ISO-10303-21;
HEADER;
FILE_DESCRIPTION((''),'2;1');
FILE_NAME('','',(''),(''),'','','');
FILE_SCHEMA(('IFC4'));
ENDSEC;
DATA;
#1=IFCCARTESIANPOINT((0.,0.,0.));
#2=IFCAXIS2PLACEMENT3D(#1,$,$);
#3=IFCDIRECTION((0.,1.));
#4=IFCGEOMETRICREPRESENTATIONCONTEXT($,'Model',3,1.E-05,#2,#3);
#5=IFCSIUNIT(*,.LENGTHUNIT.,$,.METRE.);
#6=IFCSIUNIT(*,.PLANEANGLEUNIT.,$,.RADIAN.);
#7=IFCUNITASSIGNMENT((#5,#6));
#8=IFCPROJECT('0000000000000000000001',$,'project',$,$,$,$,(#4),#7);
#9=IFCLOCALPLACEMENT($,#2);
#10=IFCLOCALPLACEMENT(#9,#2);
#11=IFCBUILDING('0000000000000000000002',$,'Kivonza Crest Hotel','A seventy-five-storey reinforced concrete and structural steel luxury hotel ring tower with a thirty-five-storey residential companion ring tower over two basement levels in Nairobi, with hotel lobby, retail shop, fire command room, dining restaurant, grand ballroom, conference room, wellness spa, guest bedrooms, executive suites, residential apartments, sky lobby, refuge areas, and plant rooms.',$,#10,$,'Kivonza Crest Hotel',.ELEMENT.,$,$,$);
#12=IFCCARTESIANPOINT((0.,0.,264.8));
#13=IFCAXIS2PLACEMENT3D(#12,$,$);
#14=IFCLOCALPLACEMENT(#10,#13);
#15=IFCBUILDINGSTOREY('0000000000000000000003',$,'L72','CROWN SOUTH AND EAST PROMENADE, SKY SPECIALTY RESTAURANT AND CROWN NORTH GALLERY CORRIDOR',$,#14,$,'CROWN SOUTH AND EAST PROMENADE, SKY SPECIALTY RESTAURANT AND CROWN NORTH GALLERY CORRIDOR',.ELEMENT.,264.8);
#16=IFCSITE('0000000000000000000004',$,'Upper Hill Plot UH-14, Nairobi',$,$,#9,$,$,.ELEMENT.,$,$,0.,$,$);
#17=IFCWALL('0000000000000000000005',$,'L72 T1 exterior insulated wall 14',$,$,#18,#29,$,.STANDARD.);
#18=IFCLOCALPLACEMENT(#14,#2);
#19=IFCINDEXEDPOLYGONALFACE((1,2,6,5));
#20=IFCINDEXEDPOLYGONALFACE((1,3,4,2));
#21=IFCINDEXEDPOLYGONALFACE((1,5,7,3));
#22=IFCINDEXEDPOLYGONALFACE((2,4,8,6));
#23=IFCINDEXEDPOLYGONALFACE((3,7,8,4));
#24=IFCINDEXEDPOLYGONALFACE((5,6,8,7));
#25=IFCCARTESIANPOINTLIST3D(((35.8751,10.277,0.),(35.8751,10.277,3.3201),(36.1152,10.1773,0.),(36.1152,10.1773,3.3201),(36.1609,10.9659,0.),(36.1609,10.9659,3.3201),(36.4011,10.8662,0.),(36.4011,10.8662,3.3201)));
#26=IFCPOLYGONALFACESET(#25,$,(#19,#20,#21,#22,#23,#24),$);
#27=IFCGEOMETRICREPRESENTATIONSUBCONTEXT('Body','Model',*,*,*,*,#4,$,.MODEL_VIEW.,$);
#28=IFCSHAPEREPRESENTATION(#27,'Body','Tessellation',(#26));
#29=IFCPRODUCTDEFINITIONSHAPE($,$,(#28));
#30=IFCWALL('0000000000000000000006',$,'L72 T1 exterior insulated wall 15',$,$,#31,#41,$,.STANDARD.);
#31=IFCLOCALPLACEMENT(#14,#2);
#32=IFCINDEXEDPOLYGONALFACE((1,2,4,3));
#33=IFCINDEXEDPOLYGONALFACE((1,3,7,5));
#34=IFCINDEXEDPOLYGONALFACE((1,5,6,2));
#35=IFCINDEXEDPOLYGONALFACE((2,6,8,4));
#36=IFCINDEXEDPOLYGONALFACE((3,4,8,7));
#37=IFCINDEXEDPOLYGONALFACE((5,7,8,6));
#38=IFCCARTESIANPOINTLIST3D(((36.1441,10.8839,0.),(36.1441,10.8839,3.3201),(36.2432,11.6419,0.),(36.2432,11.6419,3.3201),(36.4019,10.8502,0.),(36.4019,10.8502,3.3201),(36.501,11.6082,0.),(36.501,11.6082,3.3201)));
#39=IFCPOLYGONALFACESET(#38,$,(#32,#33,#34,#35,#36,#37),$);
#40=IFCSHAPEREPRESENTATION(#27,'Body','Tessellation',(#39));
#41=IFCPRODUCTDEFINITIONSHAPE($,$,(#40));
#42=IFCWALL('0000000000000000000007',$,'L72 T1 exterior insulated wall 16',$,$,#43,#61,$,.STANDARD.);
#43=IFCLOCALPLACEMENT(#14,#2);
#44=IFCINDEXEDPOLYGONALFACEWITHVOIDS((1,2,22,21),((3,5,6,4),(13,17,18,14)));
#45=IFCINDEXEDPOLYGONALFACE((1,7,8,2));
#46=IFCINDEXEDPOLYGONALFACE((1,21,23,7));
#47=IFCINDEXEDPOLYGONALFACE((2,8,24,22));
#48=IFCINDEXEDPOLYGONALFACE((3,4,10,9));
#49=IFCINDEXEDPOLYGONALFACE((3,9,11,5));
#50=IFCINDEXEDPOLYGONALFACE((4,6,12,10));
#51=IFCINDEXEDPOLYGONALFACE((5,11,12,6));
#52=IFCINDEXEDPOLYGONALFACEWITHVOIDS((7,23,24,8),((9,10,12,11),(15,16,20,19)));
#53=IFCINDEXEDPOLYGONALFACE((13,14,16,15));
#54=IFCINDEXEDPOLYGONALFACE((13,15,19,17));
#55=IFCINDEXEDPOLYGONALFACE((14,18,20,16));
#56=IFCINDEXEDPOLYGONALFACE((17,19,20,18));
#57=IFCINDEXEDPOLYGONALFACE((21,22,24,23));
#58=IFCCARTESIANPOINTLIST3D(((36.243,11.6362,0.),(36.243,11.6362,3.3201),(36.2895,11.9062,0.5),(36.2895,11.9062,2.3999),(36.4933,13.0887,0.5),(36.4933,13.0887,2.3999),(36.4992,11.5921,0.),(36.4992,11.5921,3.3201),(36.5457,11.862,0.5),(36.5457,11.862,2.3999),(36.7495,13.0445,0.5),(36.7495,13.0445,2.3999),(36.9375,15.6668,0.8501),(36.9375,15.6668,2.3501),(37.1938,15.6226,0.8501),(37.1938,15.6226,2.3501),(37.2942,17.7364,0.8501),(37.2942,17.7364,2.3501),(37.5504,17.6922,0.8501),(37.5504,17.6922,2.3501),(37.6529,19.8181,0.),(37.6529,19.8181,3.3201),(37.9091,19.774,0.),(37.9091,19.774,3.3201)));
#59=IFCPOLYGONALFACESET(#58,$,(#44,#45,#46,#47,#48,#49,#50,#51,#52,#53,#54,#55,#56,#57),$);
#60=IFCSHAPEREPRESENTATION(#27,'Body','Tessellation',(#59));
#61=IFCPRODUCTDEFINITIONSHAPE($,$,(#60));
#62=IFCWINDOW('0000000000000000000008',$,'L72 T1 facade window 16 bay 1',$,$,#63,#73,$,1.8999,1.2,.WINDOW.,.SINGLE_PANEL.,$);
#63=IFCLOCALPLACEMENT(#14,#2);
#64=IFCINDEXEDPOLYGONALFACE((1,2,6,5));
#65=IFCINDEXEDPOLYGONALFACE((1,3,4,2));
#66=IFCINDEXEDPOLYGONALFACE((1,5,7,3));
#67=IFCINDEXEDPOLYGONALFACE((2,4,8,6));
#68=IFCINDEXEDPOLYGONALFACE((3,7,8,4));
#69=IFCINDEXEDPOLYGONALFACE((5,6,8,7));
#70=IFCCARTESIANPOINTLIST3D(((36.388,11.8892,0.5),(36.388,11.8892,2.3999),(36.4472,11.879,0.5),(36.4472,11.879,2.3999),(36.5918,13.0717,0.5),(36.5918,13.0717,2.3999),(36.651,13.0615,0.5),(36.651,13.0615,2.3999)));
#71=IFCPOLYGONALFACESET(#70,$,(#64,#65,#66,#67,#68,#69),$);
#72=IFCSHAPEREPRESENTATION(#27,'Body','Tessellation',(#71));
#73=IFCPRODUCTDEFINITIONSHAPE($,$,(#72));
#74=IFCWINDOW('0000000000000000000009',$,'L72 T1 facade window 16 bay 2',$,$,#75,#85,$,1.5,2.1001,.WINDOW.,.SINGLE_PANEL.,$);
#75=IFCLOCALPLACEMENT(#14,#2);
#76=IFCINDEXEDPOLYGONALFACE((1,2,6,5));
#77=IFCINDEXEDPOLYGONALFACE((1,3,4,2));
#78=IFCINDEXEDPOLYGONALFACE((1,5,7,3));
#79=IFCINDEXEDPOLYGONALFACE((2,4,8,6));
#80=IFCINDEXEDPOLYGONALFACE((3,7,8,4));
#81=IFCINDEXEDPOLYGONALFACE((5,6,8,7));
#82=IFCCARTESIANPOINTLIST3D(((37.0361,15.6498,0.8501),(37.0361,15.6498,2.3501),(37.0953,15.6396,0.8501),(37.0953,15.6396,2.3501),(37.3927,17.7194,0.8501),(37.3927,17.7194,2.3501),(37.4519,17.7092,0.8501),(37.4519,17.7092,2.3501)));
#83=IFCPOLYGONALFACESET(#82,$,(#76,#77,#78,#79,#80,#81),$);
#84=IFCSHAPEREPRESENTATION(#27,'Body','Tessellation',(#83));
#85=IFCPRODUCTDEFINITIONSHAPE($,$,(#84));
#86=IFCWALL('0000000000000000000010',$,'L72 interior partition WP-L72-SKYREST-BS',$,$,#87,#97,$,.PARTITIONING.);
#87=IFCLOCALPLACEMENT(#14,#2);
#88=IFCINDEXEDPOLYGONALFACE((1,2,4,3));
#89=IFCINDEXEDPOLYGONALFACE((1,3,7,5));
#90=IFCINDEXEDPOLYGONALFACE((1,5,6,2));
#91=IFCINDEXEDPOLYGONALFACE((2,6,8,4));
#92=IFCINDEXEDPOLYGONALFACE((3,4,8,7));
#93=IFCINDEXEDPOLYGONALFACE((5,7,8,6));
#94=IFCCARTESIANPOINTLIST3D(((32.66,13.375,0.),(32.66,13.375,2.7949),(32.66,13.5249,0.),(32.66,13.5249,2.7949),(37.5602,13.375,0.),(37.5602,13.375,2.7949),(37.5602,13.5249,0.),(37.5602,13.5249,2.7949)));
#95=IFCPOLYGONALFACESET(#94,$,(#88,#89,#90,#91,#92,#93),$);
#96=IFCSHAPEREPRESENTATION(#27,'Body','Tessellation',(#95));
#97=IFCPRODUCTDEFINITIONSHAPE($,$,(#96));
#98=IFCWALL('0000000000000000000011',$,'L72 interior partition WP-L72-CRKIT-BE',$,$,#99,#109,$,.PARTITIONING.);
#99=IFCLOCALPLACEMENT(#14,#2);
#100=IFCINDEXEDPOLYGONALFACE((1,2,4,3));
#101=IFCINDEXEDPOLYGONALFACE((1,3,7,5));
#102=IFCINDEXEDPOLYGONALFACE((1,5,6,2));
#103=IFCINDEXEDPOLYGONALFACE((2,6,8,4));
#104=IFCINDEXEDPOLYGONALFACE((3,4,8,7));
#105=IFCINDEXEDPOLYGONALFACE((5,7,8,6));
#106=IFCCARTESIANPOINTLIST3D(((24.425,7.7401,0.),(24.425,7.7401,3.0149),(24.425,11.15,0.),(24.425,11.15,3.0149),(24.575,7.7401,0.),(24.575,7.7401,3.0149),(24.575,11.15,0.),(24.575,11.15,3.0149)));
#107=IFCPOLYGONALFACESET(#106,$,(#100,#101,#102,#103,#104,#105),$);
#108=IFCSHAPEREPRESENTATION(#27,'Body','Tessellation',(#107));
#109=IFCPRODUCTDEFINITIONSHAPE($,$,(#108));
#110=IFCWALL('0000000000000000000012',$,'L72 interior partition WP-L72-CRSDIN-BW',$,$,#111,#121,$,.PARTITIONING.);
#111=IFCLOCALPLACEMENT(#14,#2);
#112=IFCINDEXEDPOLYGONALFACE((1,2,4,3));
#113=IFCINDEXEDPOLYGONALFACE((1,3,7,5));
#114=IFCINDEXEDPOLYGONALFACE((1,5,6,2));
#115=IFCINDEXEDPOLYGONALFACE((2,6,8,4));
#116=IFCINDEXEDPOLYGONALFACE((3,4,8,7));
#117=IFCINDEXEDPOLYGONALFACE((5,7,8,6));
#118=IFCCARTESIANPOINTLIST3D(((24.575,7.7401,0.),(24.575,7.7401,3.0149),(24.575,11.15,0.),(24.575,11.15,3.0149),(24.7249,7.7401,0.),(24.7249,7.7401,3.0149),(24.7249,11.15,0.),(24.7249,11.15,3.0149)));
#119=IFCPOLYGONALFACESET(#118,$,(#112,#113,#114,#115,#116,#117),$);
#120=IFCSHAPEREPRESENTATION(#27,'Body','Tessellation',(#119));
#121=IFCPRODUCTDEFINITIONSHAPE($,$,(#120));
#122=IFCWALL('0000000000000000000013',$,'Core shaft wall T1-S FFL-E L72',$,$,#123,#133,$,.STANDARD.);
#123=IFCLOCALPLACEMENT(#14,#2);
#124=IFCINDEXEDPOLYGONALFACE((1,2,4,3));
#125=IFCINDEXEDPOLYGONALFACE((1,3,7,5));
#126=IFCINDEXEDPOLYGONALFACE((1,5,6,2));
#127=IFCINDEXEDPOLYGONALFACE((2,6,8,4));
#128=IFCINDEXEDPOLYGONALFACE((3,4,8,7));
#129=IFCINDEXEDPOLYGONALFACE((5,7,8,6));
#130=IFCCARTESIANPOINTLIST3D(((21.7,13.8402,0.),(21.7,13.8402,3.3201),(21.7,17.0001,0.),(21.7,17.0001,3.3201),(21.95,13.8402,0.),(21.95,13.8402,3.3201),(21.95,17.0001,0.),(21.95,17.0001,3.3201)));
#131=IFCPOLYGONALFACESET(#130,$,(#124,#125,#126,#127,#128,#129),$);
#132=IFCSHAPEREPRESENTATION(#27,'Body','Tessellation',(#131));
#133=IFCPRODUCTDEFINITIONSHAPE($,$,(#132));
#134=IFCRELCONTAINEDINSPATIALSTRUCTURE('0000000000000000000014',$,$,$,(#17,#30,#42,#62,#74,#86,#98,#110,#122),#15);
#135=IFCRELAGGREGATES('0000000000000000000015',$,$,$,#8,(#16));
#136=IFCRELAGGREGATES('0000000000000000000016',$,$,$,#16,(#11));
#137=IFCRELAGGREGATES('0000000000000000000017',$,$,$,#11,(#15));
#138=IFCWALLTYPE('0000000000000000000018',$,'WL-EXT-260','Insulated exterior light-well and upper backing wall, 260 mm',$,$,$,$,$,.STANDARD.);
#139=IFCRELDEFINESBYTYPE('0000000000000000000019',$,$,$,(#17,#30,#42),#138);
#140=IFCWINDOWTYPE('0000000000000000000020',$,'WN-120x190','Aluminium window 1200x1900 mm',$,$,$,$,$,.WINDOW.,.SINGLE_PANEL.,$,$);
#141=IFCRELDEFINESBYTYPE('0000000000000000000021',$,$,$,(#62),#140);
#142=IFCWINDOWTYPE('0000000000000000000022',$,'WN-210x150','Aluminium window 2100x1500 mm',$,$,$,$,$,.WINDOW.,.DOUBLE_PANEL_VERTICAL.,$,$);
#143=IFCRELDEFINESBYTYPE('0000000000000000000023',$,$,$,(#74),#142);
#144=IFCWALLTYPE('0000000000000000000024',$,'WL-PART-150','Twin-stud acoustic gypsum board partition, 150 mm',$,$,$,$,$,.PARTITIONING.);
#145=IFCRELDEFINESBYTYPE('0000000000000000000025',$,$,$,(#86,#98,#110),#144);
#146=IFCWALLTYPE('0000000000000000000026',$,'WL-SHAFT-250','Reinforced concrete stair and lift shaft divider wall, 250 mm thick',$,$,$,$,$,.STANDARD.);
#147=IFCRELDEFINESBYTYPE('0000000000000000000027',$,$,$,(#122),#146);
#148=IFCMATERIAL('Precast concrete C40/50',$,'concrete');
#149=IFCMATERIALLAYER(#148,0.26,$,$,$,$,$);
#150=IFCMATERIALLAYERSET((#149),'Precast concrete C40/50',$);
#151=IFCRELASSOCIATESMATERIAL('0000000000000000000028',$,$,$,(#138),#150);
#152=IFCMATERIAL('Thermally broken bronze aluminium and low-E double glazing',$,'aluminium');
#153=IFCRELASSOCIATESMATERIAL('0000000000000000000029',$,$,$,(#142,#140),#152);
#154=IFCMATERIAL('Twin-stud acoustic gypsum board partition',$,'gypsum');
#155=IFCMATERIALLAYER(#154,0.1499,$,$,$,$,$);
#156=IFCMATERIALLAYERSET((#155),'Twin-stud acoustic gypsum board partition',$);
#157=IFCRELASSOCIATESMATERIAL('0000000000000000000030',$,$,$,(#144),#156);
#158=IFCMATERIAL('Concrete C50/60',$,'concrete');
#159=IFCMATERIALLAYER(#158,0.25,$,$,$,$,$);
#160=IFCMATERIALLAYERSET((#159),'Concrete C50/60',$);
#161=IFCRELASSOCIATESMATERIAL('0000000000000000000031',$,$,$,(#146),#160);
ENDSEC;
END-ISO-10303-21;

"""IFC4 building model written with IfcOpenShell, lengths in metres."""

from ifc_helpers import new_model, si_unit, direction, frame, frame_2d, origin, place, context, subcontext, project, spatial, rectangle, extrude, material, layer, layer_set, type_object, element, fill, save


model = new_model("IFC4")

# Units and contexts
model_context = context("Model", 3, precision=1e-05, world=origin(), true_north=direction((0.0, 1.0)))
body_context = subcontext(model_context, "Body", "Model", "MODEL_VIEW")
ifc_project = project(units=[si_unit("LENGTHUNIT", "METRE"), si_unit("PLANEANGLEUNIT", "RADIAN")], contexts=[model_context])

# Site, building, storey
site_placement = place(None, origin())
site = spatial("IfcSite", under=ifc_project, at=site_placement, Name="Upper Hill Plot UH-14, Nairobi", CompositionType="ELEMENT", RefElevation=0.0)
building_placement = place(site_placement, origin())
building = spatial("IfcBuilding", under=site, at=building_placement, Name="Kivonza Crest Hotel", Description="A seventy-five-storey reinforced concrete and structural steel luxury hotel ring tower with a thirty-five-storey residential companion ring tower over two basement levels in Nairobi, with hotel lobby, retail shop, fire command room, dining restaurant, grand ballroom, conference room, wellness spa, guest bedrooms, executive suites, residential apartments, sky lobby, refuge areas, and plant rooms.", LongName="Kivonza Crest Hotel", CompositionType="ELEMENT")
storey_placement = place(building_placement, frame((0.0, 0.0, 264.8)))
storey = spatial("IfcBuildingStorey", under=building, at=storey_placement, Name="L72", Description="CROWN SOUTH AND EAST PROMENADE, SKY SPECIALTY RESTAURANT AND CROWN NORTH GALLERY CORRIDOR", LongName="CROWN SOUTH AND EAST PROMENADE, SKY SPECIALTY RESTAURANT AND CROWN NORTH GALLERY CORRIDOR", CompositionType="ELEMENT", Elevation=264.8)

# Shared definitions
ifc_material_1 = material(Name="Concrete C50/60", Category="concrete")

# Shared definitions
ifc_material_2 = material(Name="Precast concrete C40/50", Category="concrete")
ifc_layer_1 = layer(ifc_material_2, 0.26)
ifc_layer_set_1 = layer_set([ifc_layer_1], Name="Precast concrete C40/50")
wall_type_1 = type_object("IfcWallType", Name="WL-EXT-260", Description="Insulated exterior light-well and upper backing wall, 260 mm", PredefinedType="STANDARD", material=ifc_layer_set_1)
ifc_material_3 = material(Name="Thermally broken bronze aluminium and low-E double glazing", Category="aluminium")
window_type_1 = type_object("IfcWindowType", Name="WN-210x150", Description="Aluminium window 2100x1500 mm", PartitioningType="DOUBLE_PANEL_VERTICAL", PredefinedType="WINDOW", material=ifc_material_3)

# Walls
wall_1_placement = place(storey_placement, frame((35.9951, 10.2271, 0.0), z_axis=(0.0, 0.0, 1.0), x_axis=(0.383267, 0.923638, 0.0)))
element("IfcWall", 1, at=wall_1_placement, inside=storey, type_object=wall_type_1, Name="L72 T1 exterior insulated wall 14", PredefinedType="STANDARD", context=body_context, shape_type="SweptSolid", body=[
    extrude(rectangle(XDim=0.7458, YDim=0.26, at=frame_2d((0.373, 0.0))), origin(), (0.0, 0.0, 1.0), 3.3201),
])
wall_2_placement = place(storey_placement, frame((36.2729, 10.8669, 0.0), z_axis=(0.0, 0.0, 1.0), x_axis=(0.129653, 0.991559, 0.0)))
element("IfcWall", 2, at=wall_2_placement, inside=storey, type_object=wall_type_1, Name="L72 T1 exterior insulated wall 15", PredefinedType="STANDARD", context=body_context, shape_type="SweptSolid", body=[
    extrude(rectangle(XDim=0.7644, YDim=0.26, at=frame_2d((0.3823, 0.0))), origin(), (0.0, 0.0, 1.0), 3.3201),
])

# Wall, openings, windows
wall_3_placement = place(storey_placement, frame((36.3711, 11.614, 0.0), z_axis=(0.0, 0.0, 1.0), x_axis=(0.169818, 0.985475, 0.0)))
wall_3 = element("IfcWall", 3, at=wall_3_placement, inside=storey, type_object=wall_type_1, Name="L72 T1 exterior insulated wall 16", PredefinedType="STANDARD", context=body_context, shape_type="SweptSolid", body=[
    extrude(rectangle(XDim=8.3025, YDim=0.26, at=frame_2d((4.1514, 0.0))), origin(), (0.0, 0.0, 1.0), 3.3201),
])
opening_1_placement = place(wall_3_placement, frame((0.2739, 0.0, 0.5)))
opening_1 = element("IfcOpeningElement", 4, at=opening_1_placement, cuts=wall_3, PredefinedType="OPENING", context=body_context, shape_type="SweptSolid", body=[
    extrude(rectangle(XDim=1.2, YDim=1.8999, at=frame_2d((0.6001, 0.95))), frame((0.0, 0.1401, 0.0), z_axis=(0.0, -1.0, 0.0), x_axis=(1.0, 0.0, 0.0)), (0.0, 0.0, 1.0), 0.28),
])
opening_2_placement = place(wall_3_placement, frame((4.0901, 0.0, 0.8501)))
opening_2 = element("IfcOpeningElement", 5, at=opening_2_placement, cuts=wall_3, PredefinedType="OPENING", context=body_context, shape_type="SweptSolid", body=[
    extrude(rectangle(XDim=2.1001, YDim=1.5, at=frame_2d((1.05, 0.75))), frame((0.0, 0.1401, 0.0), z_axis=(0.0, -1.0, 0.0), x_axis=(1.0, 0.0, 0.0)), (0.0, 0.0, 1.0), 0.28),
])
window_type_2 = type_object("IfcWindowType", Name="WN-120x190", Description="Aluminium window 1200x1900 mm", PartitioningType="SINGLE_PANEL", PredefinedType="WINDOW", material=ifc_material_3)
window_1_placement = place(opening_1_placement, origin())
window_1 = element("IfcWindow", 6, at=window_1_placement, inside=storey, type_object=window_type_2, Name="L72 T1 facade window 16 bay 1", OverallHeight=1.8999, OverallWidth=1.2, PartitioningType="SINGLE_PANEL", PredefinedType="WINDOW", context=body_context, shape_type="SweptSolid", body=[
    extrude(rectangle(XDim=1.2, YDim=1.8999, at=frame_2d((0.6001, 0.95))), frame((0.0, 0.03, 0.0), z_axis=(0.0, -1.0, 0.0), x_axis=(1.0, 0.0, 0.0)), (0.0, 0.0, 1.0), 0.0601),
])
fill(opening_1, window_1)
window_2_placement = place(opening_2_placement, origin())
window_2 = element("IfcWindow", 7, at=window_2_placement, inside=storey, type_object=window_type_1, Name="L72 T1 facade window 16 bay 2", OverallHeight=1.5, OverallWidth=2.1001, PartitioningType="SINGLE_PANEL", PredefinedType="WINDOW", context=body_context, shape_type="SweptSolid", body=[
    extrude(rectangle(XDim=2.1001, YDim=1.5, at=frame_2d((1.05, 0.75))), frame((0.0, 0.03, 0.0), z_axis=(0.0, -1.0, 0.0), x_axis=(1.0, 0.0, 0.0)), (0.0, 0.0, 1.0), 0.0601),
])
fill(opening_2, window_2)

# Walls
ifc_material_4 = material(Name="Twin-stud acoustic gypsum board partition", Category="gypsum")
ifc_layer_2 = layer(ifc_material_4, 0.1499)
ifc_layer_set_2 = layer_set([ifc_layer_2], Name="Twin-stud acoustic gypsum board partition")
wall_type_2 = type_object("IfcWallType", Name="WL-PART-150", Description="Twin-stud acoustic gypsum board partition, 150 mm", PredefinedType="PARTITIONING", material=ifc_layer_set_2)
wall_4_placement = place(storey_placement, frame((32.6599, 13.45, 0.0), z_axis=(0.0, 0.0, 1.0), x_axis=(1.0, 0.0, 0.0)))
element("IfcWall", 8, at=wall_4_placement, inside=storey, type_object=wall_type_2, Name="L72 interior partition WP-L72-SKYREST-BS", PredefinedType="PARTITIONING", context=body_context, shape_type="SweptSolid", body=[
    extrude(rectangle(XDim=4.9001, YDim=0.1499, at=frame_2d((2.4502, 0.0))), origin(), (0.0, 0.0, 1.0), 2.7949),
])
for number, where, z_axis, x_axis, name in (
    (9, (24.5, 7.74, 0.0), (0.0, 0.0, 1.0), (0.0, 1.0, 0.0), "L72 interior partition WP-L72-CRKIT-BE"),
    (10, (24.6499, 7.74, 0.0), (0.0, 0.0, 1.0), (0.0, 1.0, 0.0), "L72 interior partition WP-L72-CRSDIN-BW"),
):
    element("IfcWall", number, at=place(storey_placement, frame(where, z_axis=z_axis, x_axis=x_axis)), inside=storey, type_object=wall_type_2, Name=name, PredefinedType="PARTITIONING", context=body_context, shape_type="SweptSolid", body=[
        extrude(rectangle(XDim=3.4099, YDim=0.1499, at=frame_2d((1.7051, 0.0))), origin(), (0.0, 0.0, 1.0), 3.0149),
    ])
ifc_layer_3 = layer(ifc_material_1, 0.25)
ifc_layer_set_3 = layer_set([ifc_layer_3], Name="Concrete C50/60")
wall_type_3 = type_object("IfcWallType", Name="WL-SHAFT-250", Description="Reinforced concrete stair and lift shaft divider wall, 250 mm thick", PredefinedType="STANDARD", material=ifc_layer_set_3)
wall_5_placement = place(storey_placement, frame((21.825, 13.8401, 0.0), z_axis=(0.0, 0.0, 1.0), x_axis=(0.0, 1.0, 0.0)))
element("IfcWall", 11, at=wall_5_placement, inside=storey, type_object=wall_type_3, Name="Core shaft wall T1-S FFL-E L72", PredefinedType="STANDARD", context=body_context, shape_type="SweptSolid", body=[
    extrude(rectangle(XDim=3.1599, YDim=0.25, at=frame_2d((1.5801, 0.0))), origin(), (0.0, 0.0, 1.0), 3.3201),
])

save(model, "model.ifc")
